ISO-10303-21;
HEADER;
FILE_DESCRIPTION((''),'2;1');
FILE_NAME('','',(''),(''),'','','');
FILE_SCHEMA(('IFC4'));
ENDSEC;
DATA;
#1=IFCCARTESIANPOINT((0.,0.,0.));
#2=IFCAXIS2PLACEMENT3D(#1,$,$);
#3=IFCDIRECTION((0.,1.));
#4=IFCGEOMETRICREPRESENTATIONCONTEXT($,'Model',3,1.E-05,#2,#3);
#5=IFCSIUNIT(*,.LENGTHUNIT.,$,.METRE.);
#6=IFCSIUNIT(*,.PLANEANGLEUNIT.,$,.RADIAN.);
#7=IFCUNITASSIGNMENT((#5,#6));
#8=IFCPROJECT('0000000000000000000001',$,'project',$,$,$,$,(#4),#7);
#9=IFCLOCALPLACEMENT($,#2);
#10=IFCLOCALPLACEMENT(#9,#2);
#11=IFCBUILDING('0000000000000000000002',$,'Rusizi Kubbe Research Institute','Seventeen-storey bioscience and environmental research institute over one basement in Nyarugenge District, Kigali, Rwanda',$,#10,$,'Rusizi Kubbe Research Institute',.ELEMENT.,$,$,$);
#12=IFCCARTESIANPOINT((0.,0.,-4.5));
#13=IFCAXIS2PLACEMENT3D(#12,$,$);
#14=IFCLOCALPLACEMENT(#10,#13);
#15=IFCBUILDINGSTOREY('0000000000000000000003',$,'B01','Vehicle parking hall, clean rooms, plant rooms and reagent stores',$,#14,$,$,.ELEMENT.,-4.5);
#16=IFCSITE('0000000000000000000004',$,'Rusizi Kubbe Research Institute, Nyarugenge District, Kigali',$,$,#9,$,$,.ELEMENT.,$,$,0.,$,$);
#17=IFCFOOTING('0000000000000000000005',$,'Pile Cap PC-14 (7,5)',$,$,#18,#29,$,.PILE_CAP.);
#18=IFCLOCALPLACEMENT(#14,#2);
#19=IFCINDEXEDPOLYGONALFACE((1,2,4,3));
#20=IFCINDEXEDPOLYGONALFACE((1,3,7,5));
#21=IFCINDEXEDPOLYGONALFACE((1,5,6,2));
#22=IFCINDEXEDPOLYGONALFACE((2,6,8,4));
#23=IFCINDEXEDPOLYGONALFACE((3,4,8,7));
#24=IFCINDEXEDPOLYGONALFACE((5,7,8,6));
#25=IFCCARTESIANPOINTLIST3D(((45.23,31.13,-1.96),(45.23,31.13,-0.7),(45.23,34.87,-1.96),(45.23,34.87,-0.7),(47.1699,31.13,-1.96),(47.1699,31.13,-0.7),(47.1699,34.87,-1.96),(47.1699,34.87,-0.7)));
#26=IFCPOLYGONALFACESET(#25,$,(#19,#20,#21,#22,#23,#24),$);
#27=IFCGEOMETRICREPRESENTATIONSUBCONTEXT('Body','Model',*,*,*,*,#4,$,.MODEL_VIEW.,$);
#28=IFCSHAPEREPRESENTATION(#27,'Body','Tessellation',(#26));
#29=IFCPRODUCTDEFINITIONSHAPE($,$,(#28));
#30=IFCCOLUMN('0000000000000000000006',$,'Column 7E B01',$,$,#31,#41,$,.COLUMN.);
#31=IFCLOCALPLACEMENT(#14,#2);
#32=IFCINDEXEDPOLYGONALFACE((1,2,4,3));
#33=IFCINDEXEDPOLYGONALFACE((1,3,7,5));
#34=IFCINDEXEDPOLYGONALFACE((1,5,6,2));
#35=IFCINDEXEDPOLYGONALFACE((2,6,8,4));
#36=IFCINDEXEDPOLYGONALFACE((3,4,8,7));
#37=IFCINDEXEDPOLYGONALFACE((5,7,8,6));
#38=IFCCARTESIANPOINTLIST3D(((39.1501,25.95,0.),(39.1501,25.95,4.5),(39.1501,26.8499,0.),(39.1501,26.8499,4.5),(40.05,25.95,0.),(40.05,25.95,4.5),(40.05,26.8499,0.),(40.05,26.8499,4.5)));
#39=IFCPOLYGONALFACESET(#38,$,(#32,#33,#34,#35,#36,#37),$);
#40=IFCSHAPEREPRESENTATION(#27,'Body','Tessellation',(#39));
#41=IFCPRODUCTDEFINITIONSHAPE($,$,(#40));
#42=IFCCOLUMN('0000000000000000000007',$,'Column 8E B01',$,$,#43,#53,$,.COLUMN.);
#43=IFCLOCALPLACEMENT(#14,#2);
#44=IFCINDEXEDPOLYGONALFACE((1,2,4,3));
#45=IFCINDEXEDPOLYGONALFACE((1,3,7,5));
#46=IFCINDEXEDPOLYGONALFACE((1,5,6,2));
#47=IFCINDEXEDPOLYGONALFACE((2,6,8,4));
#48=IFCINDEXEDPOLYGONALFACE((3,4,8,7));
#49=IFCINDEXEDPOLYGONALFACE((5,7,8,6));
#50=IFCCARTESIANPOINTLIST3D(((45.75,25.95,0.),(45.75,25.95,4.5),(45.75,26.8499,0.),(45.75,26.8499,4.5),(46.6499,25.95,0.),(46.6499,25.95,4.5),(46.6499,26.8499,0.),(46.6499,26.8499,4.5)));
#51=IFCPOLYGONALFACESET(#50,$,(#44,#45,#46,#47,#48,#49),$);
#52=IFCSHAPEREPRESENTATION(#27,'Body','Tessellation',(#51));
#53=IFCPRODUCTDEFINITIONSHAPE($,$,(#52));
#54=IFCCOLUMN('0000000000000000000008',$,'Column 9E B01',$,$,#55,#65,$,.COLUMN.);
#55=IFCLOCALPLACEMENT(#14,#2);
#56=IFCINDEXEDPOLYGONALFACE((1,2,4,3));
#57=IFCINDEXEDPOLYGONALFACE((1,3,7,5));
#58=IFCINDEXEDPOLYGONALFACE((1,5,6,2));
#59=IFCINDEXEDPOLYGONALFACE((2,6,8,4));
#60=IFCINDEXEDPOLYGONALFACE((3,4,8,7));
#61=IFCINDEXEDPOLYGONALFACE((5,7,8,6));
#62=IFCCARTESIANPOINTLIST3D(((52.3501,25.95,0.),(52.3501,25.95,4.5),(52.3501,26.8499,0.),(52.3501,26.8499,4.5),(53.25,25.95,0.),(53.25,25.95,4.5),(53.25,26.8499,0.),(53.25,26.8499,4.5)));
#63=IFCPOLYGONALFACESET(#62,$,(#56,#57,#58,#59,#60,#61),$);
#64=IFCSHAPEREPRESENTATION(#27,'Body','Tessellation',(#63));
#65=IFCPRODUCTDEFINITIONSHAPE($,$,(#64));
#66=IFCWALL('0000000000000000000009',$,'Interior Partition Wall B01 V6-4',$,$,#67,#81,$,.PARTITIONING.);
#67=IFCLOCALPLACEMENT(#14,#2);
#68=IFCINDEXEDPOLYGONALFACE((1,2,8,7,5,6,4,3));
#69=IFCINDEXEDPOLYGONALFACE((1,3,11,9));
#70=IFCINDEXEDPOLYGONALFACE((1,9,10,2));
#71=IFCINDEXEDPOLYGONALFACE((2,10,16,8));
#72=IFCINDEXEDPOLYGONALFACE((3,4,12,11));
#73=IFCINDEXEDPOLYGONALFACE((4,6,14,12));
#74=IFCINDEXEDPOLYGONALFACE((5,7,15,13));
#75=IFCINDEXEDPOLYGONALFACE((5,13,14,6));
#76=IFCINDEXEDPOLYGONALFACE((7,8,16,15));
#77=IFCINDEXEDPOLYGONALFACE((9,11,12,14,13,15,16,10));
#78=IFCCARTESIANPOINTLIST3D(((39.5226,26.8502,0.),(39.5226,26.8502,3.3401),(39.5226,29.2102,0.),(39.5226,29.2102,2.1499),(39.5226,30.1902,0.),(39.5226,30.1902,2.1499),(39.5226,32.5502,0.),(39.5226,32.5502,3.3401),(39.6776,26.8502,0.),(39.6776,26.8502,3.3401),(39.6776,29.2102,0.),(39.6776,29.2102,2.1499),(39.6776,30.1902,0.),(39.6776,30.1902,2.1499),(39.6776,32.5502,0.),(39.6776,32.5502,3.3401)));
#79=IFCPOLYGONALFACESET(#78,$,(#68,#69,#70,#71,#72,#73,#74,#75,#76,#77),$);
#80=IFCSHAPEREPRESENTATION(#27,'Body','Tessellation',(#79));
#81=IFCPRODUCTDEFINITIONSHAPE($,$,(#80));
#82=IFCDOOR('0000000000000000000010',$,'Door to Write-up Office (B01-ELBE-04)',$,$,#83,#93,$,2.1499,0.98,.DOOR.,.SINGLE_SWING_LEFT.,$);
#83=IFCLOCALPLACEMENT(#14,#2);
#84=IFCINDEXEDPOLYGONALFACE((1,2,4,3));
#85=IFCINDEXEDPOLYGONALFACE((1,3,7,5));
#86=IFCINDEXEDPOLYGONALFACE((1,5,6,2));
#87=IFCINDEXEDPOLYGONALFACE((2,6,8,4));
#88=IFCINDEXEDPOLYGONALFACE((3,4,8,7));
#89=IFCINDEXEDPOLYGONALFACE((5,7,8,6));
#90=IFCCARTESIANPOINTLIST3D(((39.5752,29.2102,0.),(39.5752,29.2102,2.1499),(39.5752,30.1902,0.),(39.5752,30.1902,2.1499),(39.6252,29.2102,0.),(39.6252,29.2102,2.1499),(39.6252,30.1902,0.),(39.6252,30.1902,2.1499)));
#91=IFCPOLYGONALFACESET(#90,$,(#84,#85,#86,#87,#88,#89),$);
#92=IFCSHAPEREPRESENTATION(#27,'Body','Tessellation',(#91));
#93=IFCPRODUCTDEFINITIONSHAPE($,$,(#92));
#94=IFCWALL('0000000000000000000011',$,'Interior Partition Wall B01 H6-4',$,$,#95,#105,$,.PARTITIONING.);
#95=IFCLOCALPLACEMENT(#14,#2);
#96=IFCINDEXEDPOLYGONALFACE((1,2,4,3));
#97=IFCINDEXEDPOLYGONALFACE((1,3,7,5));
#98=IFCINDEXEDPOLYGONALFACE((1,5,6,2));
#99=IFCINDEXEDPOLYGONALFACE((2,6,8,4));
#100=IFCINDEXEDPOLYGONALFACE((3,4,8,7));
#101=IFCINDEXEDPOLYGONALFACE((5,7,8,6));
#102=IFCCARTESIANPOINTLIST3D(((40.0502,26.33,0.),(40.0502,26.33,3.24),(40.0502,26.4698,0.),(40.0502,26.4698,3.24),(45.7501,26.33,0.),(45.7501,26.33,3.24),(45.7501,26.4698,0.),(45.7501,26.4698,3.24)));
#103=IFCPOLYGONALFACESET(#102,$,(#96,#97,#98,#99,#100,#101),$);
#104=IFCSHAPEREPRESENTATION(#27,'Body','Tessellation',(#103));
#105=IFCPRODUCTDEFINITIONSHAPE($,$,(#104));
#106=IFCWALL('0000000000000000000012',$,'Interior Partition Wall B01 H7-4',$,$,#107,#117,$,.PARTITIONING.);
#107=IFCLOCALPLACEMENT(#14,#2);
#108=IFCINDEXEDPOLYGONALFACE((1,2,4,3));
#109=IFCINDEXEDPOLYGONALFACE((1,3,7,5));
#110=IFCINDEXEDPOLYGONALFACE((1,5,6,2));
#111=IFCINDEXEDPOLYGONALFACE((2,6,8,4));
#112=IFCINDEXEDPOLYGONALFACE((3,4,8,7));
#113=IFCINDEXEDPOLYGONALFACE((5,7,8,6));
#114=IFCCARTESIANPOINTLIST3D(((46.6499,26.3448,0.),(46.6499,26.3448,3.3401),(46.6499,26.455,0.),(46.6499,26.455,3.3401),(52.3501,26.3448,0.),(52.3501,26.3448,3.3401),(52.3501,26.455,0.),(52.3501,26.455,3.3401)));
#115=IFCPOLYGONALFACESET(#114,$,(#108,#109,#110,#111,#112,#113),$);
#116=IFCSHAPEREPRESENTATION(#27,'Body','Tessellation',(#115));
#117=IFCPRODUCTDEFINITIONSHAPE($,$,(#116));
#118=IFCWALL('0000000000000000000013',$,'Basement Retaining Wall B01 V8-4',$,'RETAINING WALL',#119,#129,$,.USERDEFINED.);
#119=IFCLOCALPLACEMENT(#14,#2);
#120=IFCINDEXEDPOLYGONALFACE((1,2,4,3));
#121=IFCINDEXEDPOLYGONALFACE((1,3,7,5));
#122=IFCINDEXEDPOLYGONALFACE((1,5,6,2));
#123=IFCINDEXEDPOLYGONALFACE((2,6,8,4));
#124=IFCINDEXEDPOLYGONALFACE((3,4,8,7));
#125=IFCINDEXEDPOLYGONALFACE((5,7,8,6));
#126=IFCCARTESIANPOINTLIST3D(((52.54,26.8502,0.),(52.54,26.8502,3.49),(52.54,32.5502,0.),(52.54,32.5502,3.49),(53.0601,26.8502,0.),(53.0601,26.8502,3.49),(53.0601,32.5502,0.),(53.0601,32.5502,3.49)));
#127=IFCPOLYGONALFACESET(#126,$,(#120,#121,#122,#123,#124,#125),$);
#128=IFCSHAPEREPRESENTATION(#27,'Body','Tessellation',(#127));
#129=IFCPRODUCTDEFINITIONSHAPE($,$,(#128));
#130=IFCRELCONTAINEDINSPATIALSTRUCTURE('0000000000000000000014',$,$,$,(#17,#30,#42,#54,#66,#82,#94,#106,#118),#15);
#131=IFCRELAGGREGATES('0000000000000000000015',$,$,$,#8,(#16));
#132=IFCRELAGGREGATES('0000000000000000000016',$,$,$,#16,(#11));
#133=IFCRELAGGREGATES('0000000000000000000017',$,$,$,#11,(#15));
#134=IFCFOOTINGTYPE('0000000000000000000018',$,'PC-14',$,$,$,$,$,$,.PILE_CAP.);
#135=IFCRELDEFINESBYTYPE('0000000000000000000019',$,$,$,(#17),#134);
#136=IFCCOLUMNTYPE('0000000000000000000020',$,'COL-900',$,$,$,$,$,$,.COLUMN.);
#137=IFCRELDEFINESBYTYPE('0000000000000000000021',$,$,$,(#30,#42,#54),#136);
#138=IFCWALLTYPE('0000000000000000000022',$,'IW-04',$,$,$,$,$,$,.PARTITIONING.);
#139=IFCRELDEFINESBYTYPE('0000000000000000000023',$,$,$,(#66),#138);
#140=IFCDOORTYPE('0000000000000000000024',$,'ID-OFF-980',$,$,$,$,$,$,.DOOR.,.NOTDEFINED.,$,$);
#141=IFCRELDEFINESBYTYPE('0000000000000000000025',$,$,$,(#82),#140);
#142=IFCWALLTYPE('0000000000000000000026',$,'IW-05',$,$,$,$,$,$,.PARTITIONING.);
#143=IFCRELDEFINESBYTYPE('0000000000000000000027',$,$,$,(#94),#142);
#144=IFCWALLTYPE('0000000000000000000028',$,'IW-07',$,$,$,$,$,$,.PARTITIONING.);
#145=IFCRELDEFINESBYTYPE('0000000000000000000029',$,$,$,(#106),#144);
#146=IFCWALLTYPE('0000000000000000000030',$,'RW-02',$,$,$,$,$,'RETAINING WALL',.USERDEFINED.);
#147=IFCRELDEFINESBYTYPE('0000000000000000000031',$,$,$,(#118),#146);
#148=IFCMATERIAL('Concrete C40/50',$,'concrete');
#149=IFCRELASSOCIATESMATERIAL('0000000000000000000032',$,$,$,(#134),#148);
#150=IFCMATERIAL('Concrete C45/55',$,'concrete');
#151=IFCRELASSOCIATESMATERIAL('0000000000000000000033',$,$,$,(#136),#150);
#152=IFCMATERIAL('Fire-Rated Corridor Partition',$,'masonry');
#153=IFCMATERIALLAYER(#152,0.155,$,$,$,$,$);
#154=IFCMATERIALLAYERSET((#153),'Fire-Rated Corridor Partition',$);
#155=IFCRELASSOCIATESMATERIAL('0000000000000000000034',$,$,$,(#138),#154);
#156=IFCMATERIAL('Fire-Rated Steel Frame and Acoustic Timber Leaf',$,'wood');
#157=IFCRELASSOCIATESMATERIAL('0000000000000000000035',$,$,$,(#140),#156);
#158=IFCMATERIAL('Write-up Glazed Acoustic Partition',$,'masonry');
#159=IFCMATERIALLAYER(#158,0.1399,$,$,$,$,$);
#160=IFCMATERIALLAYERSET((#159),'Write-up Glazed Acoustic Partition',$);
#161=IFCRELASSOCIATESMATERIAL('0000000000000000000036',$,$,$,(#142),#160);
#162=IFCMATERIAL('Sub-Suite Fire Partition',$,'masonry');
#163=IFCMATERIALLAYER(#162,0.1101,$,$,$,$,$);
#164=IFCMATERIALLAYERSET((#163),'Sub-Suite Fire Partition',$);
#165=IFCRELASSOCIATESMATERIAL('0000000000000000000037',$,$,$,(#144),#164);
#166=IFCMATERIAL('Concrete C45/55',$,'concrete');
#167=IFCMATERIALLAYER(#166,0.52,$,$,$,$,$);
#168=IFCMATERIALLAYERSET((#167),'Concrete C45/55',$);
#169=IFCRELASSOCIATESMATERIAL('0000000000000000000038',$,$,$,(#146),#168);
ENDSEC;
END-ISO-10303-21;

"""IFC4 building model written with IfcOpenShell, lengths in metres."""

from ifc_helpers import new_model, si_unit, direction, frame, frame_2d, origin, origin_2d, place, context, subcontext, project, spatial, rectangle, extrude, material, layer, layer_set, material_profile, profile_set, type_object, element, fill, save


model = new_model("IFC4")

# Units and contexts
model_context = context("Model", 3, precision=1e-05, world=origin(), true_north=direction((0.0, 1.0)))
body_context = subcontext(model_context, "Body", "Model", "MODEL_VIEW")
ifc_project = project(units=[si_unit("LENGTHUNIT", "METRE"), si_unit("PLANEANGLEUNIT", "RADIAN")], contexts=[model_context])

# Site, building, storey
site_placement = place(None, origin())
site = spatial("IfcSite", under=ifc_project, at=site_placement, Name="Rusizi Kubbe Research Institute, Nyarugenge District, Kigali", CompositionType="ELEMENT", RefElevation=0.0)
building_placement = place(site_placement, origin())
building = spatial("IfcBuilding", under=site, at=building_placement, Name="Rusizi Kubbe Research Institute", Description="Seventeen-storey bioscience and environmental research institute over one basement in Nyarugenge District, Kigali, Rwanda", LongName="Rusizi Kubbe Research Institute", CompositionType="ELEMENT")
storey_placement = place(building_placement, frame((0.0, 0.0, -4.5)))
storey = spatial("IfcBuildingStorey", under=building, at=storey_placement, Name="B01", Description="Vehicle parking hall, clean rooms, plant rooms and reagent stores", CompositionType="ELEMENT", Elevation=-4.5)

# Footing
ifc_material_1 = material(Name="Concrete C40/50", Category="concrete")
footing_type_1 = type_object("IfcFootingType", Name="PC-14", PredefinedType="PILE_CAP", material=ifc_material_1)
footing_1_placement = place(storey_placement, frame((46.2, 33.0, -1.96), z_axis=(0.0, 0.0, 1.0), x_axis=(1.0, 0.0, 0.0)))
element("IfcFooting", 1, at=footing_1_placement, inside=storey, type_object=footing_type_1, Name="Pile Cap PC-14 (7,5)", PredefinedType="PILE_CAP", context=body_context, shape_type="SweptSolid", body=[
    extrude(rectangle(XDim=1.9399, YDim=3.74, at=origin_2d()), origin(), (0.0, 0.0, 1.0), 1.26),
])

# Columns
ifc_material_2 = material(Name="Concrete C45/55", Category="concrete")
ifc_material_profile_1 = material_profile(ifc_material_2, rectangle(XDim=0.8999, YDim=0.8999, at=origin_2d()), Name="RC900x900")
ifc_profile_set_1 = profile_set([ifc_material_profile_1], Name="Concrete C45/55")
column_type = type_object("IfcColumnType", Name="COL-900", PredefinedType="COLUMN", material=ifc_profile_set_1)
for number, where, z_axis, x_axis, name in (
    (2, (39.6001, 26.3999, 0.0), (0.0, 0.0, 1.0), (1.0, 0.0, 0.0), "Column 7E B01"),
    (3, (46.2, 26.3999, 0.0), (0.0, 0.0, 1.0), (1.0, 0.0, 0.0), "Column 8E B01"),
    (4, (52.8, 26.3999, 0.0), (0.0, 0.0, 1.0), (1.0, 0.0, 0.0), "Column 9E B01"),
):
    element("IfcColumn", number, at=place(storey_placement, frame(where, z_axis=z_axis, x_axis=x_axis)), inside=storey, type_object=column_type, Name=name, PredefinedType="COLUMN", context=body_context, shape_type="SweptSolid", body=[
        extrude(rectangle(XDim=0.8999, YDim=0.8999, at=origin_2d()), origin(), (0.0, 0.0, 1.0), 4.5),
    ])

# Wall, opening, door
ifc_material_3 = material(Name="Fire-Rated Corridor Partition", Category="masonry")
ifc_layer_1 = layer(ifc_material_3, 0.155)
ifc_layer_set_1 = layer_set([ifc_layer_1], Name="Fire-Rated Corridor Partition")
wall_type_1 = type_object("IfcWallType", Name="IW-04", PredefinedType="PARTITIONING", material=ifc_layer_set_1)
wall_1_placement = place(storey_placement, frame((39.6001, 26.8501, 0.0), z_axis=(0.0, 0.0, 1.0), x_axis=(0.0, 1.0, 0.0)))
wall_1 = element("IfcWall", 5, at=wall_1_placement, inside=storey, type_object=wall_type_1, Name="Interior Partition Wall B01 V6-4", PredefinedType="PARTITIONING", context=body_context, shape_type="SweptSolid", body=[
    extrude(rectangle(XDim=5.7, YDim=0.155, at=frame_2d((2.8501, 0.0))), origin(), (0.0, 0.0, 1.0), 3.3401),
])
opening_placement = place(wall_1_placement, frame((2.3601, 0.0, 0.0)))
opening = element("IfcOpeningElement", 6, at=opening_placement, cuts=wall_1, PredefinedType="OPENING", context=body_context, shape_type="SweptSolid", body=[
    extrude(rectangle(XDim=0.98, YDim=2.1499, at=frame_2d((0.49, 1.075))), frame((0.0, 0.0874, 0.0), z_axis=(0.0, -1.0, 0.0), x_axis=(1.0, 0.0, 0.0)), (0.0, 0.0, 1.0), 0.175),
])
ifc_material_4 = material(Name="Fire-Rated Steel Frame and Acoustic Timber Leaf", Category="wood")
door_type = type_object("IfcDoorType", Name="ID-OFF-980", OperationType="NOTDEFINED", PredefinedType="DOOR", material=ifc_material_4)
door_placement = place(opening_placement, origin())
door = element("IfcDoor", 7, at=door_placement, inside=storey, type_object=door_type, Name="Door to Write-up Office (B01-ELBE-04)", OperationType="SINGLE_SWING_LEFT", OverallHeight=2.1499, OverallWidth=0.98, PredefinedType="DOOR", context=body_context, shape_type="SweptSolid", body=[
    extrude(rectangle(XDim=0.98, YDim=2.1499, at=frame_2d((0.49, 1.075))), frame((0.0, 0.0249, 0.0), z_axis=(0.0, -1.0, 0.0), x_axis=(1.0, 0.0, 0.0)), (0.0, 0.0, 1.0), 0.05),
])
fill(opening, door)

# Walls
ifc_material_5 = material(Name="Write-up Glazed Acoustic Partition", Category="masonry")
ifc_layer_2 = layer(ifc_material_5, 0.1399)
ifc_layer_set_2 = layer_set([ifc_layer_2], Name="Write-up Glazed Acoustic Partition")
wall_type_2 = type_object("IfcWallType", Name="IW-05", PredefinedType="PARTITIONING", material=ifc_layer_set_2)
wall_2_placement = place(storey_placement, frame((40.05, 26.3999, 0.0), z_axis=(0.0, 0.0, 1.0), x_axis=(1.0, 0.0, 0.0)))
element("IfcWall", 8, at=wall_2_placement, inside=storey, type_object=wall_type_2, Name="Interior Partition Wall B01 H6-4", PredefinedType="PARTITIONING", context=body_context, shape_type="SweptSolid", body=[
    extrude(rectangle(XDim=5.7, YDim=0.1399, at=frame_2d((2.8501, 0.0))), origin(), (0.0, 0.0, 1.0), 3.24),
])
ifc_material_6 = material(Name="Sub-Suite Fire Partition", Category="masonry")
ifc_layer_3 = layer(ifc_material_6, 0.1101)
ifc_layer_set_3 = layer_set([ifc_layer_3], Name="Sub-Suite Fire Partition")
wall_type_3 = type_object("IfcWallType", Name="IW-07", PredefinedType="PARTITIONING", material=ifc_layer_set_3)
wall_3_placement = place(storey_placement, frame((46.6499, 26.3999, 0.0), z_axis=(0.0, 0.0, 1.0), x_axis=(1.0, 0.0, 0.0)))
element("IfcWall", 9, at=wall_3_placement, inside=storey, type_object=wall_type_3, Name="Interior Partition Wall B01 H7-4", PredefinedType="PARTITIONING", context=body_context, shape_type="SweptSolid", body=[
    extrude(rectangle(XDim=5.7002, YDim=0.1101, at=frame_2d((2.8501, 0.0))), origin(), (0.0, 0.0, 1.0), 3.3401),
])
ifc_material_7 = material(Name="Concrete C45/55", Category="concrete")
ifc_layer_4 = layer(ifc_material_7, 0.52)
ifc_layer_set_4 = layer_set([ifc_layer_4], Name="Concrete C45/55")
wall_type_4 = type_object("IfcWallType", Name="RW-02", ElementType="RETAINING WALL", PredefinedType="USERDEFINED", material=ifc_layer_set_4)
wall_4_placement = place(storey_placement, frame((52.8, 26.8501, 0.0), z_axis=(0.0, 0.0, 1.0), x_axis=(0.0, 1.0, 0.0)))
element("IfcWall", 10, at=wall_4_placement, inside=storey, type_object=wall_type_4, Name="Basement Retaining Wall B01 V8-4", ObjectType="RETAINING WALL", PredefinedType="USERDEFINED", context=body_context, shape_type="SweptSolid", body=[
    extrude(rectangle(XDim=5.7, YDim=0.52, at=frame_2d((2.8501, 0.0))), origin(), (0.0, 0.0, 1.0), 3.49),
])

save(model, "model.ifc")
